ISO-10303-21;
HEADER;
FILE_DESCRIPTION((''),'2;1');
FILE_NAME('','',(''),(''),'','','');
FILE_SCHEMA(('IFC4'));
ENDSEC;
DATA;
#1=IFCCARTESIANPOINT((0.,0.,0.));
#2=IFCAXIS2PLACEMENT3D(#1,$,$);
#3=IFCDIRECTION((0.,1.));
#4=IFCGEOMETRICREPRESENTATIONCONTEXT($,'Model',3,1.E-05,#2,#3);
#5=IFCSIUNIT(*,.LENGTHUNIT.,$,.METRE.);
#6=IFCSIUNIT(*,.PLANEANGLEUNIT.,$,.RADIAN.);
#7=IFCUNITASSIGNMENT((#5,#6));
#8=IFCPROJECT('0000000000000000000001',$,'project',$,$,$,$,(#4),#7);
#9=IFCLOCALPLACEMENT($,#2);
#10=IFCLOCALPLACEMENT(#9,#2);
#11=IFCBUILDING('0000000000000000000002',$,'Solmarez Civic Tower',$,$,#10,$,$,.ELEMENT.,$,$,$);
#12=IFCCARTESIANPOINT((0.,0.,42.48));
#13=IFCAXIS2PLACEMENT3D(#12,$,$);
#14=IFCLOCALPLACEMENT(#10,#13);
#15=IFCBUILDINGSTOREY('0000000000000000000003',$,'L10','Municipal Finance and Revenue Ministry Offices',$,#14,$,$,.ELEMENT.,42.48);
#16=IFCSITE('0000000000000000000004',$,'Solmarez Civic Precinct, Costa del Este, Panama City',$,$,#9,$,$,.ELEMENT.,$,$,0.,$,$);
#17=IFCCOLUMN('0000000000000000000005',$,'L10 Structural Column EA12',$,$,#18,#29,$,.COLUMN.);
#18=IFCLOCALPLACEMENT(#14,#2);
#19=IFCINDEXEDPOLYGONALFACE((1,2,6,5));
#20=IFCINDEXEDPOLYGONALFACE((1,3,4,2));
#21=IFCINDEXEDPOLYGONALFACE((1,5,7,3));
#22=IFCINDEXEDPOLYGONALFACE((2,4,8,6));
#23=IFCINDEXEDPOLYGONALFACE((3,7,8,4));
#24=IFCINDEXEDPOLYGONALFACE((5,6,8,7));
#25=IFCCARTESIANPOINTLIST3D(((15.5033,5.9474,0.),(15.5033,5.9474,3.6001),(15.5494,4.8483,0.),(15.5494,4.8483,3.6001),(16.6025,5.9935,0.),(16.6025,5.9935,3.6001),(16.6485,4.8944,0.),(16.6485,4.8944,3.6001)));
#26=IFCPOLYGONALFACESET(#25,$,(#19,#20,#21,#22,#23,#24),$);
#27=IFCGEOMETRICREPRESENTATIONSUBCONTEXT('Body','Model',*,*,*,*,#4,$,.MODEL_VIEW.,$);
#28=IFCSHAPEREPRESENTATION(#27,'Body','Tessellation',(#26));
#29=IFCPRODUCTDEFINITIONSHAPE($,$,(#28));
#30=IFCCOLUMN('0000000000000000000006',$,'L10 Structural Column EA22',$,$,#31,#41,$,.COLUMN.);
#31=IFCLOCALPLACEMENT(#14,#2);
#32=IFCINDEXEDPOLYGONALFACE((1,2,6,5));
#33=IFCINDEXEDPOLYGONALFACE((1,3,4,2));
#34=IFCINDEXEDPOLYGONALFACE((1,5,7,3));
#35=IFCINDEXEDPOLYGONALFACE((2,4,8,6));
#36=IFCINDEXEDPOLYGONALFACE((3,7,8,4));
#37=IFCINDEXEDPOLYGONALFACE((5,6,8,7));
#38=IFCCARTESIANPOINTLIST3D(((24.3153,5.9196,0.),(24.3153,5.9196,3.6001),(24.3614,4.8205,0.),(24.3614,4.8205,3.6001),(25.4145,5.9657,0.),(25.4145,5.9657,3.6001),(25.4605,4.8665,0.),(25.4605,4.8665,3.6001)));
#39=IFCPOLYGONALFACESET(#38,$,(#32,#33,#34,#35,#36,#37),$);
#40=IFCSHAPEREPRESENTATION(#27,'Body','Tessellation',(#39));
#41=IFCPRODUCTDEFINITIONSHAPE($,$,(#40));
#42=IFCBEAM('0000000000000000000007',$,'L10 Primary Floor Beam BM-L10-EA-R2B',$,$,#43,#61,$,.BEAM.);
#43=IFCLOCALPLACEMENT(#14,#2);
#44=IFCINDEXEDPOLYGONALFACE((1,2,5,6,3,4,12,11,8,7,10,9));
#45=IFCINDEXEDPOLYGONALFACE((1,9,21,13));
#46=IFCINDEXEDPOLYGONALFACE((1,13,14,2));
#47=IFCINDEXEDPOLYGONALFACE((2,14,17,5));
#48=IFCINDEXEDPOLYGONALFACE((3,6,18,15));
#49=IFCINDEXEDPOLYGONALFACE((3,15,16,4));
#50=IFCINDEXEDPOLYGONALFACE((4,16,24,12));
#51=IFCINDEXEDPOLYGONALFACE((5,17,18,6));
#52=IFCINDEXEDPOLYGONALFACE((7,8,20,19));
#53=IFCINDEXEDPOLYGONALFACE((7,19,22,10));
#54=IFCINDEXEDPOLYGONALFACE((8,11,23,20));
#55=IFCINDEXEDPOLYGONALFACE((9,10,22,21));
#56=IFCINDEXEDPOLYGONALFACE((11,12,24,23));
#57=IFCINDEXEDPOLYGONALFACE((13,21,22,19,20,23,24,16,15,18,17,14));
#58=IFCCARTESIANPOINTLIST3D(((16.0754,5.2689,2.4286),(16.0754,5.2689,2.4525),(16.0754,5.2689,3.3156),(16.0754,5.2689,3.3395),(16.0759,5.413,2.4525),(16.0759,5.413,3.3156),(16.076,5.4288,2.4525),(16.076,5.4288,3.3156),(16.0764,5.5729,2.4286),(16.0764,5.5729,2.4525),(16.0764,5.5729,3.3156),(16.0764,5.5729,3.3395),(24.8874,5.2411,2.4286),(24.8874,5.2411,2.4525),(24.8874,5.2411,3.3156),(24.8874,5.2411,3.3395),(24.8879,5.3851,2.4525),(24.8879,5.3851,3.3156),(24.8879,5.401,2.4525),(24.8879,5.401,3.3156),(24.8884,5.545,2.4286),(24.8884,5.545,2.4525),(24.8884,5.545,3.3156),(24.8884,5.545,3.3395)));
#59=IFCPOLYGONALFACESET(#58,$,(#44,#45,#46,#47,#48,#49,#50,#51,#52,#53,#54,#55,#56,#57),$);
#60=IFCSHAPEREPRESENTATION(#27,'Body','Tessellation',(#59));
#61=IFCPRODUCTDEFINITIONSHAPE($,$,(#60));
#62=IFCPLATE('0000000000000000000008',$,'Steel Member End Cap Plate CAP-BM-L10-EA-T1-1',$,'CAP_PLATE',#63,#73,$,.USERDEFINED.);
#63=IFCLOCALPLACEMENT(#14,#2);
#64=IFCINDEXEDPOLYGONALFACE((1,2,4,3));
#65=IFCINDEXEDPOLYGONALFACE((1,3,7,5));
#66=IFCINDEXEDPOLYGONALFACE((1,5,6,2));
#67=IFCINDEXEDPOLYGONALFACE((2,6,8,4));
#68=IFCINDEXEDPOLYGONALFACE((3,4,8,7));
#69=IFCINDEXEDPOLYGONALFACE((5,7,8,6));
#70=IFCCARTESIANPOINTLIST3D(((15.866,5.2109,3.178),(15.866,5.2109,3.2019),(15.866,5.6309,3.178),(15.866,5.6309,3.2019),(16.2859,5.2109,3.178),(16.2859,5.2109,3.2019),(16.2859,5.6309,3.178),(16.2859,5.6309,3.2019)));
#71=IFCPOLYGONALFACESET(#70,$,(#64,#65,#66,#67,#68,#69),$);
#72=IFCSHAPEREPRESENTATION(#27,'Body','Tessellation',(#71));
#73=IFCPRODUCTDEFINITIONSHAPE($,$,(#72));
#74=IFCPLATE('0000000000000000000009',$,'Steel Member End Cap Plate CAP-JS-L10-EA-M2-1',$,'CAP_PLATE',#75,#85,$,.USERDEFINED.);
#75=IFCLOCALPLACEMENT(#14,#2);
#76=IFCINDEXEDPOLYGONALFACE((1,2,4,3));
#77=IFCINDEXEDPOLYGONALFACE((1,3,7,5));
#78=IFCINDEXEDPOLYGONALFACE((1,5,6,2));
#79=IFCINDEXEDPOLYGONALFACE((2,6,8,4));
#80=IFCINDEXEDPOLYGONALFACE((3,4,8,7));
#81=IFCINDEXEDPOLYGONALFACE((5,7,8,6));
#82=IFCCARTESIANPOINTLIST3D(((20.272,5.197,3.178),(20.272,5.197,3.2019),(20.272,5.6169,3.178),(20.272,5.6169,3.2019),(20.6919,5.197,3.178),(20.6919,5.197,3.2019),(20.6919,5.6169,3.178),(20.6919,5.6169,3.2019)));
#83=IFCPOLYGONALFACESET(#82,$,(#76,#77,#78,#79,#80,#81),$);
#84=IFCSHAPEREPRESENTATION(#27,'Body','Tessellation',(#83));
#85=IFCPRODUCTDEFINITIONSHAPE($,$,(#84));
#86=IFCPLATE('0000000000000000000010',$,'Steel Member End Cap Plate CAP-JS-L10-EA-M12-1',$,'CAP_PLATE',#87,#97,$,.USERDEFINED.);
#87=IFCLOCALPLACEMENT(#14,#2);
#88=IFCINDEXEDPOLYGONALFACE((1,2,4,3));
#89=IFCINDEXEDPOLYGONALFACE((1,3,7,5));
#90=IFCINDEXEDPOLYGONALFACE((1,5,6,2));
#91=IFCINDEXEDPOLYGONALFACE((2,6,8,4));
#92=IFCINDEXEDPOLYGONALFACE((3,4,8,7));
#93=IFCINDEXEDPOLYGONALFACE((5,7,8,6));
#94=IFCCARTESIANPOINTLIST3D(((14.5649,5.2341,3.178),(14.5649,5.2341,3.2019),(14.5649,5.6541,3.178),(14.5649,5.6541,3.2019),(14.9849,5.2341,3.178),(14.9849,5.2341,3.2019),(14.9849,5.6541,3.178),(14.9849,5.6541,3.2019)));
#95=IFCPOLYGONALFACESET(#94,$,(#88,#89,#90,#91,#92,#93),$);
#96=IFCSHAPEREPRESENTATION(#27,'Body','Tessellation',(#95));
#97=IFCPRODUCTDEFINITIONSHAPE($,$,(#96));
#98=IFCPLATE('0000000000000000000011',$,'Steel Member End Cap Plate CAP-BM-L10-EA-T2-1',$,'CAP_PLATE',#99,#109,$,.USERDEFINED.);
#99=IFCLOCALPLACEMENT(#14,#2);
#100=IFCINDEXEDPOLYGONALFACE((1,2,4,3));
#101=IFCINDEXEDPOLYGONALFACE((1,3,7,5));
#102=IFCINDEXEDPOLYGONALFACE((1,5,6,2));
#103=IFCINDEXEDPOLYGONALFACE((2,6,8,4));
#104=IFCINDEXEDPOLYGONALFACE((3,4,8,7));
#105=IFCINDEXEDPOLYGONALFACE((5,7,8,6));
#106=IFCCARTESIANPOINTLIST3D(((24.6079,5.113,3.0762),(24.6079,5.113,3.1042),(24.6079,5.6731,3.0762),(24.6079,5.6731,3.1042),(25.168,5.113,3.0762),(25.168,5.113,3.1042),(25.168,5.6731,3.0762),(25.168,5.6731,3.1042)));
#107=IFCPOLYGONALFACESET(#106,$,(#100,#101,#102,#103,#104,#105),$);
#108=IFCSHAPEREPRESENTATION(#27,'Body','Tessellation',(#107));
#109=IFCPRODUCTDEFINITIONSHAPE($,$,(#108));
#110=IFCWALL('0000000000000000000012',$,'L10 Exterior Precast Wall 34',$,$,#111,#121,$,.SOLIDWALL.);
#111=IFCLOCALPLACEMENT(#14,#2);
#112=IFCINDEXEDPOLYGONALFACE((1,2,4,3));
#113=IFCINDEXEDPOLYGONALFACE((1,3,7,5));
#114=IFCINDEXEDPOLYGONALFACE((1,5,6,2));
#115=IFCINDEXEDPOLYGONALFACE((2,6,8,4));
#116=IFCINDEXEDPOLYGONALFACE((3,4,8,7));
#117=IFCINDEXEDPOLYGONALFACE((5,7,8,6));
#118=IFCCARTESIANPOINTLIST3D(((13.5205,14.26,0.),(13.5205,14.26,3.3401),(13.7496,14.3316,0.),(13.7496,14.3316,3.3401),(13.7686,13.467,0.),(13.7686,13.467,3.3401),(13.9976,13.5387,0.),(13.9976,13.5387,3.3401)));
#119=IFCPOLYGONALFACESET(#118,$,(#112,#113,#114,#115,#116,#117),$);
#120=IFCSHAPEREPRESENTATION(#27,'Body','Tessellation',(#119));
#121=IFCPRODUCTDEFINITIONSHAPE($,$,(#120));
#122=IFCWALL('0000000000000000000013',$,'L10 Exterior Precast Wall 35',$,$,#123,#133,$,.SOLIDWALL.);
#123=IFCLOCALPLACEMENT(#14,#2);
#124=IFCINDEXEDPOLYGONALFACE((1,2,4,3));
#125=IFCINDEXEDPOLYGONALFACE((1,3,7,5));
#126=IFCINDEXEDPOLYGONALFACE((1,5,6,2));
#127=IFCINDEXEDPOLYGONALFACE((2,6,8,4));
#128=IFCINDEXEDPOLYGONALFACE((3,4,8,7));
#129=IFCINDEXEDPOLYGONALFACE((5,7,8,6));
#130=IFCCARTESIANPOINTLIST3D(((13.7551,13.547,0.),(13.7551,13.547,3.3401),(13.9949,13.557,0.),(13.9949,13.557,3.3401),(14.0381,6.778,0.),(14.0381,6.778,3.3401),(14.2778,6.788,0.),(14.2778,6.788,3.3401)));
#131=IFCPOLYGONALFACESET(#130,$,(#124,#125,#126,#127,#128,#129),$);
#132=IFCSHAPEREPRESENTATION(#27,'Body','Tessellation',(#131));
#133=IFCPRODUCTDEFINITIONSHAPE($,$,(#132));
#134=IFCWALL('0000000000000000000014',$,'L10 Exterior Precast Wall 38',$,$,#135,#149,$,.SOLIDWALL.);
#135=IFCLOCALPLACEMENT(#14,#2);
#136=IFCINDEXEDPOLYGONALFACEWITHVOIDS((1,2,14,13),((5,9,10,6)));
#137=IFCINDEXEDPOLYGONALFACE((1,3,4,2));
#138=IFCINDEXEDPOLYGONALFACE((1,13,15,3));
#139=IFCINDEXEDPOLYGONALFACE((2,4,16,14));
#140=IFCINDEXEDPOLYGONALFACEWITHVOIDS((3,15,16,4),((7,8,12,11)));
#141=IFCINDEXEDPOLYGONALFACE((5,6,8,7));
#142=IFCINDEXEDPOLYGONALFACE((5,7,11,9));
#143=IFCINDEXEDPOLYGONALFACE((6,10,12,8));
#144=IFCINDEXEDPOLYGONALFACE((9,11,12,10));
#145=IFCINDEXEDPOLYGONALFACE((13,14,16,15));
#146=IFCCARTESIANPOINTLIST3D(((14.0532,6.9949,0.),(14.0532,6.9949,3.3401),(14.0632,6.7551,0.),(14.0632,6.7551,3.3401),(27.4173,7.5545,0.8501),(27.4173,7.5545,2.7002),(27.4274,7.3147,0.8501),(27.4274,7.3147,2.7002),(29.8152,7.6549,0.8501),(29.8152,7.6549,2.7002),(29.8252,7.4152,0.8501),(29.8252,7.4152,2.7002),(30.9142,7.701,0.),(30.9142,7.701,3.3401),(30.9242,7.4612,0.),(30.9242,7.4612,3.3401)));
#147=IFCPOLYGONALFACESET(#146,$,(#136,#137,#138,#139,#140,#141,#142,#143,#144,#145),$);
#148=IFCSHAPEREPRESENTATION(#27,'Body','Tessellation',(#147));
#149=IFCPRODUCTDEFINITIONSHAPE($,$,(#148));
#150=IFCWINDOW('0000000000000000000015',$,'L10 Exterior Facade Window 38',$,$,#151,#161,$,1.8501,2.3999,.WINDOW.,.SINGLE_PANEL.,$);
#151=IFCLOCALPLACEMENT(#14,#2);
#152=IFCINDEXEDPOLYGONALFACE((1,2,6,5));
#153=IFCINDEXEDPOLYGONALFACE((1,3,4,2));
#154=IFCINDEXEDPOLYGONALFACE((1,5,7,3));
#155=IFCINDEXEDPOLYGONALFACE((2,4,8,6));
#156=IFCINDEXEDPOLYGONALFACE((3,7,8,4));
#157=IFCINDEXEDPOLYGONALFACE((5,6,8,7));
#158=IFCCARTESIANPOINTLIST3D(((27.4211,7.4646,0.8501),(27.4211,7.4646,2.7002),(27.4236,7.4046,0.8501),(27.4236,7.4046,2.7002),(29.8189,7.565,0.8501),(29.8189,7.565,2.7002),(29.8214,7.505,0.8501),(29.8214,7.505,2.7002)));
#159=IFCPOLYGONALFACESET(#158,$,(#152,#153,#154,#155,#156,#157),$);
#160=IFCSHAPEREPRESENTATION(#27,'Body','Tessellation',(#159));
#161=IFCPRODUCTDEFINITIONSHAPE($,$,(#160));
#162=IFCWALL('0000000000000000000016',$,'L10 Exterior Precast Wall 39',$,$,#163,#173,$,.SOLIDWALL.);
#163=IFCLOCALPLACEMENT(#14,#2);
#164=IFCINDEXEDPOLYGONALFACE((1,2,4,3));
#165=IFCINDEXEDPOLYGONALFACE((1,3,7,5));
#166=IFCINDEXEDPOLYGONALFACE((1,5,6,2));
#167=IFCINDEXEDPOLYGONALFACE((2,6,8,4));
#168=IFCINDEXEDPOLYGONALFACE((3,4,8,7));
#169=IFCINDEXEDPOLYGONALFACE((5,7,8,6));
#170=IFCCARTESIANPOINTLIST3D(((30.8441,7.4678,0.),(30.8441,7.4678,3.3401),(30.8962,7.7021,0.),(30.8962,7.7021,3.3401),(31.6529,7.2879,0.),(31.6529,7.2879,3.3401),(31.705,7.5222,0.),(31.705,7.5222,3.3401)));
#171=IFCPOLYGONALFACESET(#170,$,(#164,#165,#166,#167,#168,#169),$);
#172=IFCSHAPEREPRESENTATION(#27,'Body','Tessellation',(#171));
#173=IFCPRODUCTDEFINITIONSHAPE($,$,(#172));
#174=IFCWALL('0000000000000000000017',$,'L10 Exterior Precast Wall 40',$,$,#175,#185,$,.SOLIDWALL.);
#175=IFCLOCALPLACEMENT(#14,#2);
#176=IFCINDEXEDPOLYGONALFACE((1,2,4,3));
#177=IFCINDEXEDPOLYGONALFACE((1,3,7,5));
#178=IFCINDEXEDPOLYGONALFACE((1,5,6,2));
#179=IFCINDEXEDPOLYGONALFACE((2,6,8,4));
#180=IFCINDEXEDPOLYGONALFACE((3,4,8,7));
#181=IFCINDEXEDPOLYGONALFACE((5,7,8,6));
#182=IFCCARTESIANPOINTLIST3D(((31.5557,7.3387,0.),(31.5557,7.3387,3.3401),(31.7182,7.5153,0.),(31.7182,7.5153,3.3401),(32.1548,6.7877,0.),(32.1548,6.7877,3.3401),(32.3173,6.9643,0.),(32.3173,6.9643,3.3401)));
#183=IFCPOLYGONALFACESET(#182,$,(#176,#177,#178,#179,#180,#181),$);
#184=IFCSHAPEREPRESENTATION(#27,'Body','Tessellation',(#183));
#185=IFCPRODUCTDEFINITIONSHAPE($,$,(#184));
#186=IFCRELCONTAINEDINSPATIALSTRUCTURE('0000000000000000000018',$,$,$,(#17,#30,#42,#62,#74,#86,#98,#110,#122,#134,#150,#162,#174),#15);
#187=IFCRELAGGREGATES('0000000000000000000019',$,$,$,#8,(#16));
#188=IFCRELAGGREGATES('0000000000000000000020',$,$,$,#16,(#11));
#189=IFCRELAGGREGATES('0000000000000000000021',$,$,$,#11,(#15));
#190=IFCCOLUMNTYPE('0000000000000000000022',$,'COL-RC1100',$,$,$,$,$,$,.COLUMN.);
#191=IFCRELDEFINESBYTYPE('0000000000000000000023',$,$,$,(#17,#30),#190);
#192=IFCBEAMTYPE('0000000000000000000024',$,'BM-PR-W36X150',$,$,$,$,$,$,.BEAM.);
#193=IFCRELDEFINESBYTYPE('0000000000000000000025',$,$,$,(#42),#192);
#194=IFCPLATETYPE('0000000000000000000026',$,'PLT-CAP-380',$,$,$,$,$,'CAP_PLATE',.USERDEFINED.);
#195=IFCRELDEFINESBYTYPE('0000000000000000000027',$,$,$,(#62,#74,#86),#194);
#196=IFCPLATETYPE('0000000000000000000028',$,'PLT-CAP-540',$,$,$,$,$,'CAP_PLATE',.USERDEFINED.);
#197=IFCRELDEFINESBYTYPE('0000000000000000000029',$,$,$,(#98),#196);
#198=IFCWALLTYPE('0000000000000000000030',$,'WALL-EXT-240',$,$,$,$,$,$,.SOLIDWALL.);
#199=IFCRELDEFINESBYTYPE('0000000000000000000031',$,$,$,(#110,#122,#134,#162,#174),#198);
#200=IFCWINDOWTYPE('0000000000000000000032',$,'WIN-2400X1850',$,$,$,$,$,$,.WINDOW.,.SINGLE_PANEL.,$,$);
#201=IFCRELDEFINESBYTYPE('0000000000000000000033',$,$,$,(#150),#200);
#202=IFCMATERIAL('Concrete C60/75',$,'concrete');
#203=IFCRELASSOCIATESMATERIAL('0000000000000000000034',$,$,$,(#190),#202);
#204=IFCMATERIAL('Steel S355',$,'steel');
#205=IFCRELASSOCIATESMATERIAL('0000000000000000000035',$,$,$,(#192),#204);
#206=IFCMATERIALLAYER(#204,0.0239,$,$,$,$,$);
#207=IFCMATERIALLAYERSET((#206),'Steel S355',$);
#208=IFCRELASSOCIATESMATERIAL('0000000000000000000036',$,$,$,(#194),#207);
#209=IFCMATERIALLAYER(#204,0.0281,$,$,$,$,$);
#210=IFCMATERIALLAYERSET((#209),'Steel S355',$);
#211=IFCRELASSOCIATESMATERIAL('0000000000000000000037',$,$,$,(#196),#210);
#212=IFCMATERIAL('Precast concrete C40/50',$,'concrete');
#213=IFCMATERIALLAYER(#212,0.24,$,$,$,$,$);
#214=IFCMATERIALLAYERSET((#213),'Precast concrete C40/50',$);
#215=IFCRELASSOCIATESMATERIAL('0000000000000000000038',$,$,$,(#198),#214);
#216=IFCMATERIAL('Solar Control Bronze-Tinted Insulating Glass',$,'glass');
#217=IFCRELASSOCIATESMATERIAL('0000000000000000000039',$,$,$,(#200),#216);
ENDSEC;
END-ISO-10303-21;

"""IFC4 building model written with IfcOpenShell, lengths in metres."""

from ifc_helpers import new_model, si_unit, direction, frame, frame_2d, origin, origin_2d, place, context, subcontext, project, spatial, rectangle, i_section, extrude, material, layer, layer_set, material_profile, profile_set, type_object, element, fill, save


model = new_model("IFC4")

# Units and contexts
model_context = context("Model", 3, precision=1e-05, world=origin(), true_north=direction((0.0, 1.0)))
body_context = subcontext(model_context, "Body", "Model", "MODEL_VIEW")
ifc_project = project(units=[si_unit("LENGTHUNIT", "METRE"), si_unit("PLANEANGLEUNIT", "RADIAN")], contexts=[model_context])

# Site, building, storey
site_placement = place(None, origin())
site = spatial("IfcSite", under=ifc_project, at=site_placement, Name="Solmarez Civic Precinct, Costa del Este, Panama City", CompositionType="ELEMENT", RefElevation=0.0)
building_placement = place(site_placement, origin())
building = spatial("IfcBuilding", under=site, at=building_placement, Name="Solmarez Civic Tower", CompositionType="ELEMENT")
storey_placement = place(building_placement, frame((0.0, 0.0, 42.48)))
storey = spatial("IfcBuildingStorey", under=building, at=storey_placement, Name="L10", Description="Municipal Finance and Revenue Ministry Offices", CompositionType="ELEMENT", Elevation=42.48)

# Columns
ifc_material_1 = material(Name="Concrete C60/75", Category="concrete")
ifc_material_profile_1 = material_profile(ifc_material_1, rectangle(XDim=1.1001, YDim=1.1001, at=origin_2d()), Name="RC1100X1100")
ifc_profile_set_1 = profile_set([ifc_material_profile_1], Name="Concrete C60/75")
column_type = type_object("IfcColumnType", Name="COL-RC1100", PredefinedType="COLUMN", material=ifc_profile_set_1)
for number, where, z_axis, x_axis, name in (
    (1, (16.0759, 5.4209, 0.0), (0.0, 0.0, 1.0), (0.999123, 0.041876, 0.0), "L10 Structural Column EA12"),
    (2, (24.8879, 5.3931, 0.0), (0.0, 0.0, 1.0), (0.999123, 0.041876, 0.0), "L10 Structural Column EA22"),
):
    element("IfcColumn", number, at=place(storey_placement, frame(where, z_axis=z_axis, x_axis=x_axis)), inside=storey, type_object=column_type, Name=name, PredefinedType="COLUMN", context=body_context, shape_type="SweptSolid", body=[
        extrude(rectangle(XDim=1.1001, YDim=1.1001, at=origin_2d()), origin(), (0.0, 0.0, 1.0), 3.6001),
    ])

# Beam
ifc_material_2 = material(Name="Steel S355", Category="steel")
ifc_material_profile_2 = material_profile(ifc_material_2, i_section(OverallWidth=0.304, OverallDepth=0.9109, WebThickness=0.0159, FlangeThickness=0.0239, at=origin_2d()), Name="W36X150")
ifc_profile_set_2 = profile_set([ifc_material_profile_2], Name="Steel S355")
beam_type = type_object("IfcBeamType", Name="BM-PR-W36X150", PredefinedType="BEAM", material=ifc_profile_set_2)
beam_placement = place(storey_placement, frame((16.0759, 5.4209, 2.884), z_axis=(0.999995, -0.003158, 0.0), x_axis=(0.003158, 0.999995, 0.0)))
element("IfcBeam", 3, at=beam_placement, inside=storey, type_object=beam_type, Name="L10 Primary Floor Beam BM-L10-EA-R2B", PredefinedType="BEAM", context=body_context, shape_type="SweptSolid", body=[
    extrude(i_section(OverallWidth=0.304, OverallDepth=0.9109, WebThickness=0.0159, FlangeThickness=0.0239, at=origin_2d()), origin(), (0.0, 0.0, 1.0), 8.812),
])

# Plates
ifc_layer_1 = layer(ifc_material_2, 0.0239)
ifc_layer_set_1 = layer_set([ifc_layer_1], Name="Steel S355")
plate_type_1 = type_object("IfcPlateType", Name="PLT-CAP-380", ElementType="CAP_PLATE", PredefinedType="USERDEFINED", material=ifc_layer_set_1)
for number, where, z_axis, x_axis, name in (
    (4, (16.0759, 5.4209, 3.178), (0.0, 0.0, 1.0), (1.0, 0.0, 0.0), "Steel Member End Cap Plate CAP-BM-L10-EA-T1-1"),
    (5, (20.4819, 5.407, 3.178), (0.0, 0.0, 1.0), (1.0, 0.0, 0.0), "Steel Member End Cap Plate CAP-JS-L10-EA-M2-1"),
    (6, (14.7749, 5.4441, 3.178), (0.0, 0.0, 1.0), (1.0, 0.0, 0.0), "Steel Member End Cap Plate CAP-JS-L10-EA-M12-1"),
):
    element("IfcPlate", number, at=place(storey_placement, frame(where, z_axis=z_axis, x_axis=x_axis)), inside=storey, type_object=plate_type_1, Name=name, ObjectType="CAP_PLATE", PredefinedType="USERDEFINED", context=body_context, shape_type="SweptSolid", body=[
        extrude(rectangle(XDim=0.4199, YDim=0.4199, at=origin_2d()), origin(), (0.0, 0.0, 1.0), 0.0239),
    ])
ifc_layer_2 = layer(ifc_material_2, 0.0281)
ifc_layer_set_2 = layer_set([ifc_layer_2], Name="Steel S355")
plate_type_2 = type_object("IfcPlateType", Name="PLT-CAP-540", ElementType="CAP_PLATE", PredefinedType="USERDEFINED", material=ifc_layer_set_2)
plate_placement = place(storey_placement, frame((24.8879, 5.3931, 3.0762), z_axis=(0.0, 0.0, 1.0), x_axis=(1.0, 0.0, 0.0)))
element("IfcPlate", 7, at=plate_placement, inside=storey, type_object=plate_type_2, Name="Steel Member End Cap Plate CAP-BM-L10-EA-T2-1", ObjectType="CAP_PLATE", PredefinedType="USERDEFINED", context=body_context, shape_type="SweptSolid", body=[
    extrude(rectangle(XDim=0.5601, YDim=0.5601, at=origin_2d()), origin(), (0.0, 0.0, 1.0), 0.0281),
])

# Walls
ifc_material_3 = material(Name="Precast concrete C40/50", Category="concrete")
ifc_layer_3 = layer(ifc_material_3, 0.24)
ifc_layer_set_3 = layer_set([ifc_layer_3], Name="Precast concrete C40/50")
wall_type_1 = type_object("IfcWallType", Name="WALL-EXT-240", PredefinedType="SOLIDWALL", material=ifc_layer_set_3)
wall_1_placement = place(storey_placement, frame((13.635, 14.2959, 0.0), z_axis=(0.0, 0.0, 1.0), x_axis=(0.298543, -0.954396, 0.0)))
element("IfcWall", 8, at=wall_1_placement, inside=storey, type_object=wall_type_1, Name="L10 Exterior Precast Wall 34", PredefinedType="SOLIDWALL", context=body_context, shape_type="SweptSolid", body=[
    extrude(rectangle(XDim=0.8308, YDim=0.24, at=frame_2d((0.4155, 0.0))), origin(), (0.0, 0.0, 1.0), 3.3401),
])
wall_2_placement = place(storey_placement, frame((13.875, 13.552, 0.0), z_axis=(0.0, 0.0, 1.0), x_axis=(0.041765, -0.999127, 0.0)))
element("IfcWall", 9, at=wall_2_placement, inside=storey, type_object=wall_type_1, Name="L10 Exterior Precast Wall 35", PredefinedType="SOLIDWALL", context=body_context, shape_type="SweptSolid", body=[
    extrude(rectangle(XDim=6.7749, YDim=0.24, at=frame_2d((3.3875, 0.0))), origin(), (0.0, 0.0, 1.0), 3.3401),
])

# Wall, opening, window
wall_3_placement = place(storey_placement, frame((14.0581, 6.875, 0.0), z_axis=(0.0, 0.0, 1.0), x_axis=(0.999124, 0.041839, 0.0)))
wall_3 = element("IfcWall", 10, at=wall_3_placement, inside=storey, type_object=wall_type_1, Name="L10 Exterior Precast Wall 38", PredefinedType="SOLIDWALL", context=body_context, shape_type="SweptSolid", body=[
    extrude(rectangle(XDim=16.8757, YDim=0.24, at=frame_2d((8.438, 0.0))), origin(), (0.0, 0.0, 1.0), 3.3401),
])
opening_1_placement = place(wall_3_placement, frame((13.376, 0.0, 0.8501)))
opening_1 = element("IfcOpeningElement", 11, at=opening_1_placement, cuts=wall_3, PredefinedType="OPENING", context=body_context, shape_type="SweptSolid", body=[
    extrude(rectangle(XDim=2.3999, YDim=1.8501, at=frame_2d((1.2, 0.925))), frame((0.0, 0.1299, 0.0), z_axis=(0.0, -1.0, 0.0), x_axis=(1.0, 0.0, 0.0)), (0.0, 0.0, 1.0), 0.26),
])
ifc_material_4 = material(Name="Solar Control Bronze-Tinted Insulating Glass", Category="glass")
window_type_1 = type_object("IfcWindowType", Name="WIN-2400X1850", PartitioningType="SINGLE_PANEL", PredefinedType="WINDOW", material=ifc_material_4)
window_1_placement = place(opening_1_placement, origin())
window_1 = element("IfcWindow", 12, at=window_1_placement, inside=storey, type_object=window_type_1, Name="L10 Exterior Facade Window 38", OverallHeight=1.8501, OverallWidth=2.3999, PartitioningType="SINGLE_PANEL", PredefinedType="WINDOW", context=body_context, shape_type="SweptSolid", body=[
    extrude(rectangle(XDim=2.3999, YDim=1.8501, at=frame_2d((1.2, 0.925))), frame((0.0, 0.03, 0.0), z_axis=(0.0, -1.0, 0.0), x_axis=(1.0, 0.0, 0.0)), (0.0, 0.0, 1.0), 0.0601),
])
fill(opening_1, window_1)

# Walls
wall_4_placement = place(storey_placement, frame((30.8701, 7.585, 0.0), z_axis=(0.0, 0.0, 1.0), x_axis=(0.976139, -0.217149, 0.0)))
element("IfcWall", 13, at=wall_4_placement, inside=storey, type_object=wall_type_1, Name="L10 Exterior Precast Wall 39", PredefinedType="SOLIDWALL", context=body_context, shape_type="SweptSolid", body=[
    extrude(rectangle(XDim=0.8286, YDim=0.24, at=frame_2d((0.4143, 0.0))), origin(), (0.0, 0.0, 1.0), 3.3401),
])
wall_5_placement = place(storey_placement, frame((31.637, 7.427, 0.0), z_axis=(0.0, 0.0, 1.0), x_axis=(0.736033, -0.676946, 0.0)))
element("IfcWall", 14, at=wall_5_placement, inside=storey, type_object=wall_type_1, Name="L10 Exterior Precast Wall 40", PredefinedType="SOLIDWALL", context=body_context, shape_type="SweptSolid", body=[
    extrude(rectangle(XDim=0.814, YDim=0.24, at=frame_2d((0.407, 0.0))), origin(), (0.0, 0.0, 1.0), 3.3401),
])

save(model, "model.ifc")
